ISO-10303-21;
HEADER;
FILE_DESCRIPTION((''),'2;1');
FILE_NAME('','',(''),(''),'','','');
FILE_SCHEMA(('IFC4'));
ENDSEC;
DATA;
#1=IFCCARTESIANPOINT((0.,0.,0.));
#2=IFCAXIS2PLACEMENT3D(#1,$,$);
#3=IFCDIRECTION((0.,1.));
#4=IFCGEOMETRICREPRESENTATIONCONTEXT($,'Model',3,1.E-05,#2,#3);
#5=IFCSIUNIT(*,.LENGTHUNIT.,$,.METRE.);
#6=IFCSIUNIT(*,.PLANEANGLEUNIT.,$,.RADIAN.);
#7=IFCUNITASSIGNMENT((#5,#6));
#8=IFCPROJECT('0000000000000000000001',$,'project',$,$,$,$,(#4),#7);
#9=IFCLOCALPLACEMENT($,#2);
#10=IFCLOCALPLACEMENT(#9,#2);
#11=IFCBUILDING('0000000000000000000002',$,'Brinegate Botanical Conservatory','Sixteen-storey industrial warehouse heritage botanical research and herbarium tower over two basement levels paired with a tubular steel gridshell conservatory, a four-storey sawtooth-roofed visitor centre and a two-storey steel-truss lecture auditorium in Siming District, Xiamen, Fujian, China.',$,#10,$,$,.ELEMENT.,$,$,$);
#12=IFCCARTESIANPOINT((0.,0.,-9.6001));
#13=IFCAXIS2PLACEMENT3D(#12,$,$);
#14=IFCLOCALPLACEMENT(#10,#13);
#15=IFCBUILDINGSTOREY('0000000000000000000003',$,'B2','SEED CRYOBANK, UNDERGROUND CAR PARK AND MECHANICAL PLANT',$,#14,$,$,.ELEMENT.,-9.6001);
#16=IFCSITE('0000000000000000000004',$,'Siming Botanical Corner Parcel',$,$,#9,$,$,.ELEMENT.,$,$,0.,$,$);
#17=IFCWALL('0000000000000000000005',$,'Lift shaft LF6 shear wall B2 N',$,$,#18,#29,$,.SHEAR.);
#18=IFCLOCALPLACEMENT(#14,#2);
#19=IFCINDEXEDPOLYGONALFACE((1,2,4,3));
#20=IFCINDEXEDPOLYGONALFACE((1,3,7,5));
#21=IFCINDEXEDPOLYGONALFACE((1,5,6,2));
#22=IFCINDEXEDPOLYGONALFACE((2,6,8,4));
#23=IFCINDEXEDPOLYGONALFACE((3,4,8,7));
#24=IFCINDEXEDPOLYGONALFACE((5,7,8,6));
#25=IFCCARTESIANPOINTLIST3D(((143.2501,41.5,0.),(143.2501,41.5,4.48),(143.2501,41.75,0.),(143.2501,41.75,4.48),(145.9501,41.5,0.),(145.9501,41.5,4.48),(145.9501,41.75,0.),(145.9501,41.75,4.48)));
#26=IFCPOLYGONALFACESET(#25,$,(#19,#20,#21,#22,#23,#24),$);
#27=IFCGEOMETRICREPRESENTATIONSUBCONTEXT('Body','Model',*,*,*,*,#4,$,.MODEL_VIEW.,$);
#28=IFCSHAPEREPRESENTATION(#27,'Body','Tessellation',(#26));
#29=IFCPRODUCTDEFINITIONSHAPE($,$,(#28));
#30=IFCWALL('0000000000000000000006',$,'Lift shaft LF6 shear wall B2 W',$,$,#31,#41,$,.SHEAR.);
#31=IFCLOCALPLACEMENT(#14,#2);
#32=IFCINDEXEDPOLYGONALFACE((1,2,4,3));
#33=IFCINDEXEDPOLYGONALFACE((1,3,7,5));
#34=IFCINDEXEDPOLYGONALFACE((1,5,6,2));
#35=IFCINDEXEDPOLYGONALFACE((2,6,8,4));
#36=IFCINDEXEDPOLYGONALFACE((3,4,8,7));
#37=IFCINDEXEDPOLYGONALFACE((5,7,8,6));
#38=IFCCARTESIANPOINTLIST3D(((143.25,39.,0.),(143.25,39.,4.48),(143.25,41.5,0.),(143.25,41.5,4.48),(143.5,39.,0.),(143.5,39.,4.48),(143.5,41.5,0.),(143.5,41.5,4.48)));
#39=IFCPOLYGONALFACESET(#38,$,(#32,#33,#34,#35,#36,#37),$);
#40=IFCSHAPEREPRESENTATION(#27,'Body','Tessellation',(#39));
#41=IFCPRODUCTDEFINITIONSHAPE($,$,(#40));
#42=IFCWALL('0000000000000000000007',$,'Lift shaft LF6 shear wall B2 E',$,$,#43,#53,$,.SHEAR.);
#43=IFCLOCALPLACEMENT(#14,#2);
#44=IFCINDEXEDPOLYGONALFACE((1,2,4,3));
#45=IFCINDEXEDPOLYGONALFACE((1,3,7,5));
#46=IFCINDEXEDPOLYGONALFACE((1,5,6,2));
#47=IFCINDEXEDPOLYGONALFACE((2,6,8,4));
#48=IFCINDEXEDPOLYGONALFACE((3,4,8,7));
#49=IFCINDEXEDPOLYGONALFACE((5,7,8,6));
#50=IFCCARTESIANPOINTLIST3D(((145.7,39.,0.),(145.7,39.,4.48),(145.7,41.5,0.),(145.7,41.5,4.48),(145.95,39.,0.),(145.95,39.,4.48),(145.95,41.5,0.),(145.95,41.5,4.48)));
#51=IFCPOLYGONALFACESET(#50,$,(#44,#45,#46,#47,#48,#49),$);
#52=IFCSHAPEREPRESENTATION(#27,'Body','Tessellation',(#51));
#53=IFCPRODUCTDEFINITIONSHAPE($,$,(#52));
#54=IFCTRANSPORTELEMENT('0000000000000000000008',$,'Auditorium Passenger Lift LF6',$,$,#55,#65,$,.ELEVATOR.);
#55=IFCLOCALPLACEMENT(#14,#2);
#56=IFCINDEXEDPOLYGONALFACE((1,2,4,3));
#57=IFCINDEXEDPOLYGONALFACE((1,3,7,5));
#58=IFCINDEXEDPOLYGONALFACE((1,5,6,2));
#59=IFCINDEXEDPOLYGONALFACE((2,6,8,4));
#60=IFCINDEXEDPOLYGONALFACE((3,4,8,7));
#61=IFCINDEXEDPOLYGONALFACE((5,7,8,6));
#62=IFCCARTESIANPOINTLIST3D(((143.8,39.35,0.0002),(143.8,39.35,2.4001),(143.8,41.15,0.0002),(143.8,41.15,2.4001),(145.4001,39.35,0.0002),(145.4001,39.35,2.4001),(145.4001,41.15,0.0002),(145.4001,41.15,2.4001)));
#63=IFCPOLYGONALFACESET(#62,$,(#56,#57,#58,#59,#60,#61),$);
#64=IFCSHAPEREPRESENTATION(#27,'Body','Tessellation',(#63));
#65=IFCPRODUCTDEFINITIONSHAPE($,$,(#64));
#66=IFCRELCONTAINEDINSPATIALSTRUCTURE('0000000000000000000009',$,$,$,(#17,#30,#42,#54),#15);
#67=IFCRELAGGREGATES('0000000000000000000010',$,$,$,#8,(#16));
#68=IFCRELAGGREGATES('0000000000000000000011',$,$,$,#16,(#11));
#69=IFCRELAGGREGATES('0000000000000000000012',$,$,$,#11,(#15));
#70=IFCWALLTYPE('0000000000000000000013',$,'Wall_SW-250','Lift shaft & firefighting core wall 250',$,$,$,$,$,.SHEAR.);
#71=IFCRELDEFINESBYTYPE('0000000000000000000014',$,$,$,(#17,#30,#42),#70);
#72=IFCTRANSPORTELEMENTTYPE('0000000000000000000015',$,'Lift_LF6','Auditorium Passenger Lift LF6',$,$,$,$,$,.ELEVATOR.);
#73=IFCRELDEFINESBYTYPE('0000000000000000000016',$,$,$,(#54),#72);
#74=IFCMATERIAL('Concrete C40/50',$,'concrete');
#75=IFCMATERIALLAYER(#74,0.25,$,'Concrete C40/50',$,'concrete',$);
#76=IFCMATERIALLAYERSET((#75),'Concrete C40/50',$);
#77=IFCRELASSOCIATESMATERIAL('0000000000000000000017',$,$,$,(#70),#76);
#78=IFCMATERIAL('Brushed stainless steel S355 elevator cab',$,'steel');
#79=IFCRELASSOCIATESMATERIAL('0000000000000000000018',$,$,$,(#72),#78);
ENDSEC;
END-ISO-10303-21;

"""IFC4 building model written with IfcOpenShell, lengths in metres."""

from ifc_helpers import new_model, si_unit, direction, frame, frame_2d, origin, origin_2d, place, context, subcontext, project, spatial, rectangle, extrude, material, layer, layer_set, type_object, element, save


model = new_model("IFC4")

# Units and contexts
model_context = context("Model", 3, precision=1e-05, world=origin(), true_north=direction((0.0, 1.0)))
body_context = subcontext(model_context, "Body", "Model", "MODEL_VIEW")
ifc_project = project(units=[si_unit("LENGTHUNIT", "METRE"), si_unit("PLANEANGLEUNIT", "RADIAN")], contexts=[model_context])

# Site, building, storey
site_placement = place(None, origin())
site = spatial("IfcSite", under=ifc_project, at=site_placement, Name="Siming Botanical Corner Parcel", CompositionType="ELEMENT", RefElevation=0.0)
building_placement = place(site_placement, origin())
building = spatial("IfcBuilding", under=site, at=building_placement, Name="Brinegate Botanical Conservatory", Description="Sixteen-storey industrial warehouse heritage botanical research and herbarium tower over two basement levels paired with a tubular steel gridshell conservatory, a four-storey sawtooth-roofed visitor centre and a two-storey steel-truss lecture auditorium in Siming District, Xiamen, Fujian, China.", CompositionType="ELEMENT")
storey_placement = place(building_placement, frame((0.0, 0.0, -9.6001)))
storey = spatial("IfcBuildingStorey", under=building, at=storey_placement, Name="B2", Description="SEED CRYOBANK, UNDERGROUND CAR PARK AND MECHANICAL PLANT", CompositionType="ELEMENT", Elevation=-9.6001)

# Shared definitions
ifc_material_1 = material(Name="Concrete C40/50", Category="concrete")

# Shared definitions
ifc_layer = layer(ifc_material_1, 0.25, Name="Concrete C40/50", Category="concrete")
ifc_layer_set = layer_set([ifc_layer], Name="Concrete C40/50")
wall_type = type_object("IfcWallType", Name="Wall_SW-250", Description="Lift shaft & firefighting core wall 250", PredefinedType="SHEAR", material=ifc_layer_set)

# Walls
wall_1_placement = place(storey_placement, frame((143.25, 41.625, 0.0), z_axis=(0.0, 0.0, 1.0), x_axis=(1.0, 0.0, 0.0)))
element("IfcWall", 1, at=wall_1_placement, inside=storey, type_object=wall_type, Name="Lift shaft LF6 shear wall B2 N", PredefinedType="SHEAR", context=body_context, shape_type="SweptSolid", body=[
    extrude(rectangle(XDim=2.7, YDim=0.25, at=frame_2d((1.3501, 0.0))), origin(), (0.0, 0.0, 1.0), 4.48),
])
for number, where, z_axis, x_axis, name in (
    (2, (143.375, 39.0, 0.0), (0.0, 0.0, 1.0), (0.0, 1.0, 0.0), "Lift shaft LF6 shear wall B2 W"),
    (3, (145.825, 39.0, 0.0), (0.0, 0.0, 1.0), (0.0, 1.0, 0.0), "Lift shaft LF6 shear wall B2 E"),
):
    element("IfcWall", number, at=place(storey_placement, frame(where, z_axis=z_axis, x_axis=x_axis)), inside=storey, type_object=wall_type, Name=name, PredefinedType="SHEAR", context=body_context, shape_type="SweptSolid", body=[
        extrude(rectangle(XDim=2.5, YDim=0.25, at=frame_2d((1.25, 0.0))), origin(), (0.0, 0.0, 1.0), 4.48),
    ])

# Transport element
ifc_material_2 = material(Name="Brushed stainless steel S355 elevator cab", Category="steel")
transport_element_type = type_object("IfcTransportElementType", Name="Lift_LF6", Description="Auditorium Passenger Lift LF6", PredefinedType="ELEVATOR", material=ifc_material_2)
transport_element_placement = place(storey_placement, frame((144.6001, 40.25, 0.0002), z_axis=(0.0, 0.0, 1.0), x_axis=(1.0, 0.0, 0.0)))
element("IfcTransportElement", 4, at=transport_element_placement, inside=storey, type_object=transport_element_type, Name="Auditorium Passenger Lift LF6", PredefinedType="ELEVATOR", context=body_context, shape_type="SweptSolid", body=[
    extrude(rectangle(XDim=1.6001, YDim=1.8, at=origin_2d()), origin(), (0.0, 0.0, 1.0), 2.3999),
])

save(model, "model.ifc")
